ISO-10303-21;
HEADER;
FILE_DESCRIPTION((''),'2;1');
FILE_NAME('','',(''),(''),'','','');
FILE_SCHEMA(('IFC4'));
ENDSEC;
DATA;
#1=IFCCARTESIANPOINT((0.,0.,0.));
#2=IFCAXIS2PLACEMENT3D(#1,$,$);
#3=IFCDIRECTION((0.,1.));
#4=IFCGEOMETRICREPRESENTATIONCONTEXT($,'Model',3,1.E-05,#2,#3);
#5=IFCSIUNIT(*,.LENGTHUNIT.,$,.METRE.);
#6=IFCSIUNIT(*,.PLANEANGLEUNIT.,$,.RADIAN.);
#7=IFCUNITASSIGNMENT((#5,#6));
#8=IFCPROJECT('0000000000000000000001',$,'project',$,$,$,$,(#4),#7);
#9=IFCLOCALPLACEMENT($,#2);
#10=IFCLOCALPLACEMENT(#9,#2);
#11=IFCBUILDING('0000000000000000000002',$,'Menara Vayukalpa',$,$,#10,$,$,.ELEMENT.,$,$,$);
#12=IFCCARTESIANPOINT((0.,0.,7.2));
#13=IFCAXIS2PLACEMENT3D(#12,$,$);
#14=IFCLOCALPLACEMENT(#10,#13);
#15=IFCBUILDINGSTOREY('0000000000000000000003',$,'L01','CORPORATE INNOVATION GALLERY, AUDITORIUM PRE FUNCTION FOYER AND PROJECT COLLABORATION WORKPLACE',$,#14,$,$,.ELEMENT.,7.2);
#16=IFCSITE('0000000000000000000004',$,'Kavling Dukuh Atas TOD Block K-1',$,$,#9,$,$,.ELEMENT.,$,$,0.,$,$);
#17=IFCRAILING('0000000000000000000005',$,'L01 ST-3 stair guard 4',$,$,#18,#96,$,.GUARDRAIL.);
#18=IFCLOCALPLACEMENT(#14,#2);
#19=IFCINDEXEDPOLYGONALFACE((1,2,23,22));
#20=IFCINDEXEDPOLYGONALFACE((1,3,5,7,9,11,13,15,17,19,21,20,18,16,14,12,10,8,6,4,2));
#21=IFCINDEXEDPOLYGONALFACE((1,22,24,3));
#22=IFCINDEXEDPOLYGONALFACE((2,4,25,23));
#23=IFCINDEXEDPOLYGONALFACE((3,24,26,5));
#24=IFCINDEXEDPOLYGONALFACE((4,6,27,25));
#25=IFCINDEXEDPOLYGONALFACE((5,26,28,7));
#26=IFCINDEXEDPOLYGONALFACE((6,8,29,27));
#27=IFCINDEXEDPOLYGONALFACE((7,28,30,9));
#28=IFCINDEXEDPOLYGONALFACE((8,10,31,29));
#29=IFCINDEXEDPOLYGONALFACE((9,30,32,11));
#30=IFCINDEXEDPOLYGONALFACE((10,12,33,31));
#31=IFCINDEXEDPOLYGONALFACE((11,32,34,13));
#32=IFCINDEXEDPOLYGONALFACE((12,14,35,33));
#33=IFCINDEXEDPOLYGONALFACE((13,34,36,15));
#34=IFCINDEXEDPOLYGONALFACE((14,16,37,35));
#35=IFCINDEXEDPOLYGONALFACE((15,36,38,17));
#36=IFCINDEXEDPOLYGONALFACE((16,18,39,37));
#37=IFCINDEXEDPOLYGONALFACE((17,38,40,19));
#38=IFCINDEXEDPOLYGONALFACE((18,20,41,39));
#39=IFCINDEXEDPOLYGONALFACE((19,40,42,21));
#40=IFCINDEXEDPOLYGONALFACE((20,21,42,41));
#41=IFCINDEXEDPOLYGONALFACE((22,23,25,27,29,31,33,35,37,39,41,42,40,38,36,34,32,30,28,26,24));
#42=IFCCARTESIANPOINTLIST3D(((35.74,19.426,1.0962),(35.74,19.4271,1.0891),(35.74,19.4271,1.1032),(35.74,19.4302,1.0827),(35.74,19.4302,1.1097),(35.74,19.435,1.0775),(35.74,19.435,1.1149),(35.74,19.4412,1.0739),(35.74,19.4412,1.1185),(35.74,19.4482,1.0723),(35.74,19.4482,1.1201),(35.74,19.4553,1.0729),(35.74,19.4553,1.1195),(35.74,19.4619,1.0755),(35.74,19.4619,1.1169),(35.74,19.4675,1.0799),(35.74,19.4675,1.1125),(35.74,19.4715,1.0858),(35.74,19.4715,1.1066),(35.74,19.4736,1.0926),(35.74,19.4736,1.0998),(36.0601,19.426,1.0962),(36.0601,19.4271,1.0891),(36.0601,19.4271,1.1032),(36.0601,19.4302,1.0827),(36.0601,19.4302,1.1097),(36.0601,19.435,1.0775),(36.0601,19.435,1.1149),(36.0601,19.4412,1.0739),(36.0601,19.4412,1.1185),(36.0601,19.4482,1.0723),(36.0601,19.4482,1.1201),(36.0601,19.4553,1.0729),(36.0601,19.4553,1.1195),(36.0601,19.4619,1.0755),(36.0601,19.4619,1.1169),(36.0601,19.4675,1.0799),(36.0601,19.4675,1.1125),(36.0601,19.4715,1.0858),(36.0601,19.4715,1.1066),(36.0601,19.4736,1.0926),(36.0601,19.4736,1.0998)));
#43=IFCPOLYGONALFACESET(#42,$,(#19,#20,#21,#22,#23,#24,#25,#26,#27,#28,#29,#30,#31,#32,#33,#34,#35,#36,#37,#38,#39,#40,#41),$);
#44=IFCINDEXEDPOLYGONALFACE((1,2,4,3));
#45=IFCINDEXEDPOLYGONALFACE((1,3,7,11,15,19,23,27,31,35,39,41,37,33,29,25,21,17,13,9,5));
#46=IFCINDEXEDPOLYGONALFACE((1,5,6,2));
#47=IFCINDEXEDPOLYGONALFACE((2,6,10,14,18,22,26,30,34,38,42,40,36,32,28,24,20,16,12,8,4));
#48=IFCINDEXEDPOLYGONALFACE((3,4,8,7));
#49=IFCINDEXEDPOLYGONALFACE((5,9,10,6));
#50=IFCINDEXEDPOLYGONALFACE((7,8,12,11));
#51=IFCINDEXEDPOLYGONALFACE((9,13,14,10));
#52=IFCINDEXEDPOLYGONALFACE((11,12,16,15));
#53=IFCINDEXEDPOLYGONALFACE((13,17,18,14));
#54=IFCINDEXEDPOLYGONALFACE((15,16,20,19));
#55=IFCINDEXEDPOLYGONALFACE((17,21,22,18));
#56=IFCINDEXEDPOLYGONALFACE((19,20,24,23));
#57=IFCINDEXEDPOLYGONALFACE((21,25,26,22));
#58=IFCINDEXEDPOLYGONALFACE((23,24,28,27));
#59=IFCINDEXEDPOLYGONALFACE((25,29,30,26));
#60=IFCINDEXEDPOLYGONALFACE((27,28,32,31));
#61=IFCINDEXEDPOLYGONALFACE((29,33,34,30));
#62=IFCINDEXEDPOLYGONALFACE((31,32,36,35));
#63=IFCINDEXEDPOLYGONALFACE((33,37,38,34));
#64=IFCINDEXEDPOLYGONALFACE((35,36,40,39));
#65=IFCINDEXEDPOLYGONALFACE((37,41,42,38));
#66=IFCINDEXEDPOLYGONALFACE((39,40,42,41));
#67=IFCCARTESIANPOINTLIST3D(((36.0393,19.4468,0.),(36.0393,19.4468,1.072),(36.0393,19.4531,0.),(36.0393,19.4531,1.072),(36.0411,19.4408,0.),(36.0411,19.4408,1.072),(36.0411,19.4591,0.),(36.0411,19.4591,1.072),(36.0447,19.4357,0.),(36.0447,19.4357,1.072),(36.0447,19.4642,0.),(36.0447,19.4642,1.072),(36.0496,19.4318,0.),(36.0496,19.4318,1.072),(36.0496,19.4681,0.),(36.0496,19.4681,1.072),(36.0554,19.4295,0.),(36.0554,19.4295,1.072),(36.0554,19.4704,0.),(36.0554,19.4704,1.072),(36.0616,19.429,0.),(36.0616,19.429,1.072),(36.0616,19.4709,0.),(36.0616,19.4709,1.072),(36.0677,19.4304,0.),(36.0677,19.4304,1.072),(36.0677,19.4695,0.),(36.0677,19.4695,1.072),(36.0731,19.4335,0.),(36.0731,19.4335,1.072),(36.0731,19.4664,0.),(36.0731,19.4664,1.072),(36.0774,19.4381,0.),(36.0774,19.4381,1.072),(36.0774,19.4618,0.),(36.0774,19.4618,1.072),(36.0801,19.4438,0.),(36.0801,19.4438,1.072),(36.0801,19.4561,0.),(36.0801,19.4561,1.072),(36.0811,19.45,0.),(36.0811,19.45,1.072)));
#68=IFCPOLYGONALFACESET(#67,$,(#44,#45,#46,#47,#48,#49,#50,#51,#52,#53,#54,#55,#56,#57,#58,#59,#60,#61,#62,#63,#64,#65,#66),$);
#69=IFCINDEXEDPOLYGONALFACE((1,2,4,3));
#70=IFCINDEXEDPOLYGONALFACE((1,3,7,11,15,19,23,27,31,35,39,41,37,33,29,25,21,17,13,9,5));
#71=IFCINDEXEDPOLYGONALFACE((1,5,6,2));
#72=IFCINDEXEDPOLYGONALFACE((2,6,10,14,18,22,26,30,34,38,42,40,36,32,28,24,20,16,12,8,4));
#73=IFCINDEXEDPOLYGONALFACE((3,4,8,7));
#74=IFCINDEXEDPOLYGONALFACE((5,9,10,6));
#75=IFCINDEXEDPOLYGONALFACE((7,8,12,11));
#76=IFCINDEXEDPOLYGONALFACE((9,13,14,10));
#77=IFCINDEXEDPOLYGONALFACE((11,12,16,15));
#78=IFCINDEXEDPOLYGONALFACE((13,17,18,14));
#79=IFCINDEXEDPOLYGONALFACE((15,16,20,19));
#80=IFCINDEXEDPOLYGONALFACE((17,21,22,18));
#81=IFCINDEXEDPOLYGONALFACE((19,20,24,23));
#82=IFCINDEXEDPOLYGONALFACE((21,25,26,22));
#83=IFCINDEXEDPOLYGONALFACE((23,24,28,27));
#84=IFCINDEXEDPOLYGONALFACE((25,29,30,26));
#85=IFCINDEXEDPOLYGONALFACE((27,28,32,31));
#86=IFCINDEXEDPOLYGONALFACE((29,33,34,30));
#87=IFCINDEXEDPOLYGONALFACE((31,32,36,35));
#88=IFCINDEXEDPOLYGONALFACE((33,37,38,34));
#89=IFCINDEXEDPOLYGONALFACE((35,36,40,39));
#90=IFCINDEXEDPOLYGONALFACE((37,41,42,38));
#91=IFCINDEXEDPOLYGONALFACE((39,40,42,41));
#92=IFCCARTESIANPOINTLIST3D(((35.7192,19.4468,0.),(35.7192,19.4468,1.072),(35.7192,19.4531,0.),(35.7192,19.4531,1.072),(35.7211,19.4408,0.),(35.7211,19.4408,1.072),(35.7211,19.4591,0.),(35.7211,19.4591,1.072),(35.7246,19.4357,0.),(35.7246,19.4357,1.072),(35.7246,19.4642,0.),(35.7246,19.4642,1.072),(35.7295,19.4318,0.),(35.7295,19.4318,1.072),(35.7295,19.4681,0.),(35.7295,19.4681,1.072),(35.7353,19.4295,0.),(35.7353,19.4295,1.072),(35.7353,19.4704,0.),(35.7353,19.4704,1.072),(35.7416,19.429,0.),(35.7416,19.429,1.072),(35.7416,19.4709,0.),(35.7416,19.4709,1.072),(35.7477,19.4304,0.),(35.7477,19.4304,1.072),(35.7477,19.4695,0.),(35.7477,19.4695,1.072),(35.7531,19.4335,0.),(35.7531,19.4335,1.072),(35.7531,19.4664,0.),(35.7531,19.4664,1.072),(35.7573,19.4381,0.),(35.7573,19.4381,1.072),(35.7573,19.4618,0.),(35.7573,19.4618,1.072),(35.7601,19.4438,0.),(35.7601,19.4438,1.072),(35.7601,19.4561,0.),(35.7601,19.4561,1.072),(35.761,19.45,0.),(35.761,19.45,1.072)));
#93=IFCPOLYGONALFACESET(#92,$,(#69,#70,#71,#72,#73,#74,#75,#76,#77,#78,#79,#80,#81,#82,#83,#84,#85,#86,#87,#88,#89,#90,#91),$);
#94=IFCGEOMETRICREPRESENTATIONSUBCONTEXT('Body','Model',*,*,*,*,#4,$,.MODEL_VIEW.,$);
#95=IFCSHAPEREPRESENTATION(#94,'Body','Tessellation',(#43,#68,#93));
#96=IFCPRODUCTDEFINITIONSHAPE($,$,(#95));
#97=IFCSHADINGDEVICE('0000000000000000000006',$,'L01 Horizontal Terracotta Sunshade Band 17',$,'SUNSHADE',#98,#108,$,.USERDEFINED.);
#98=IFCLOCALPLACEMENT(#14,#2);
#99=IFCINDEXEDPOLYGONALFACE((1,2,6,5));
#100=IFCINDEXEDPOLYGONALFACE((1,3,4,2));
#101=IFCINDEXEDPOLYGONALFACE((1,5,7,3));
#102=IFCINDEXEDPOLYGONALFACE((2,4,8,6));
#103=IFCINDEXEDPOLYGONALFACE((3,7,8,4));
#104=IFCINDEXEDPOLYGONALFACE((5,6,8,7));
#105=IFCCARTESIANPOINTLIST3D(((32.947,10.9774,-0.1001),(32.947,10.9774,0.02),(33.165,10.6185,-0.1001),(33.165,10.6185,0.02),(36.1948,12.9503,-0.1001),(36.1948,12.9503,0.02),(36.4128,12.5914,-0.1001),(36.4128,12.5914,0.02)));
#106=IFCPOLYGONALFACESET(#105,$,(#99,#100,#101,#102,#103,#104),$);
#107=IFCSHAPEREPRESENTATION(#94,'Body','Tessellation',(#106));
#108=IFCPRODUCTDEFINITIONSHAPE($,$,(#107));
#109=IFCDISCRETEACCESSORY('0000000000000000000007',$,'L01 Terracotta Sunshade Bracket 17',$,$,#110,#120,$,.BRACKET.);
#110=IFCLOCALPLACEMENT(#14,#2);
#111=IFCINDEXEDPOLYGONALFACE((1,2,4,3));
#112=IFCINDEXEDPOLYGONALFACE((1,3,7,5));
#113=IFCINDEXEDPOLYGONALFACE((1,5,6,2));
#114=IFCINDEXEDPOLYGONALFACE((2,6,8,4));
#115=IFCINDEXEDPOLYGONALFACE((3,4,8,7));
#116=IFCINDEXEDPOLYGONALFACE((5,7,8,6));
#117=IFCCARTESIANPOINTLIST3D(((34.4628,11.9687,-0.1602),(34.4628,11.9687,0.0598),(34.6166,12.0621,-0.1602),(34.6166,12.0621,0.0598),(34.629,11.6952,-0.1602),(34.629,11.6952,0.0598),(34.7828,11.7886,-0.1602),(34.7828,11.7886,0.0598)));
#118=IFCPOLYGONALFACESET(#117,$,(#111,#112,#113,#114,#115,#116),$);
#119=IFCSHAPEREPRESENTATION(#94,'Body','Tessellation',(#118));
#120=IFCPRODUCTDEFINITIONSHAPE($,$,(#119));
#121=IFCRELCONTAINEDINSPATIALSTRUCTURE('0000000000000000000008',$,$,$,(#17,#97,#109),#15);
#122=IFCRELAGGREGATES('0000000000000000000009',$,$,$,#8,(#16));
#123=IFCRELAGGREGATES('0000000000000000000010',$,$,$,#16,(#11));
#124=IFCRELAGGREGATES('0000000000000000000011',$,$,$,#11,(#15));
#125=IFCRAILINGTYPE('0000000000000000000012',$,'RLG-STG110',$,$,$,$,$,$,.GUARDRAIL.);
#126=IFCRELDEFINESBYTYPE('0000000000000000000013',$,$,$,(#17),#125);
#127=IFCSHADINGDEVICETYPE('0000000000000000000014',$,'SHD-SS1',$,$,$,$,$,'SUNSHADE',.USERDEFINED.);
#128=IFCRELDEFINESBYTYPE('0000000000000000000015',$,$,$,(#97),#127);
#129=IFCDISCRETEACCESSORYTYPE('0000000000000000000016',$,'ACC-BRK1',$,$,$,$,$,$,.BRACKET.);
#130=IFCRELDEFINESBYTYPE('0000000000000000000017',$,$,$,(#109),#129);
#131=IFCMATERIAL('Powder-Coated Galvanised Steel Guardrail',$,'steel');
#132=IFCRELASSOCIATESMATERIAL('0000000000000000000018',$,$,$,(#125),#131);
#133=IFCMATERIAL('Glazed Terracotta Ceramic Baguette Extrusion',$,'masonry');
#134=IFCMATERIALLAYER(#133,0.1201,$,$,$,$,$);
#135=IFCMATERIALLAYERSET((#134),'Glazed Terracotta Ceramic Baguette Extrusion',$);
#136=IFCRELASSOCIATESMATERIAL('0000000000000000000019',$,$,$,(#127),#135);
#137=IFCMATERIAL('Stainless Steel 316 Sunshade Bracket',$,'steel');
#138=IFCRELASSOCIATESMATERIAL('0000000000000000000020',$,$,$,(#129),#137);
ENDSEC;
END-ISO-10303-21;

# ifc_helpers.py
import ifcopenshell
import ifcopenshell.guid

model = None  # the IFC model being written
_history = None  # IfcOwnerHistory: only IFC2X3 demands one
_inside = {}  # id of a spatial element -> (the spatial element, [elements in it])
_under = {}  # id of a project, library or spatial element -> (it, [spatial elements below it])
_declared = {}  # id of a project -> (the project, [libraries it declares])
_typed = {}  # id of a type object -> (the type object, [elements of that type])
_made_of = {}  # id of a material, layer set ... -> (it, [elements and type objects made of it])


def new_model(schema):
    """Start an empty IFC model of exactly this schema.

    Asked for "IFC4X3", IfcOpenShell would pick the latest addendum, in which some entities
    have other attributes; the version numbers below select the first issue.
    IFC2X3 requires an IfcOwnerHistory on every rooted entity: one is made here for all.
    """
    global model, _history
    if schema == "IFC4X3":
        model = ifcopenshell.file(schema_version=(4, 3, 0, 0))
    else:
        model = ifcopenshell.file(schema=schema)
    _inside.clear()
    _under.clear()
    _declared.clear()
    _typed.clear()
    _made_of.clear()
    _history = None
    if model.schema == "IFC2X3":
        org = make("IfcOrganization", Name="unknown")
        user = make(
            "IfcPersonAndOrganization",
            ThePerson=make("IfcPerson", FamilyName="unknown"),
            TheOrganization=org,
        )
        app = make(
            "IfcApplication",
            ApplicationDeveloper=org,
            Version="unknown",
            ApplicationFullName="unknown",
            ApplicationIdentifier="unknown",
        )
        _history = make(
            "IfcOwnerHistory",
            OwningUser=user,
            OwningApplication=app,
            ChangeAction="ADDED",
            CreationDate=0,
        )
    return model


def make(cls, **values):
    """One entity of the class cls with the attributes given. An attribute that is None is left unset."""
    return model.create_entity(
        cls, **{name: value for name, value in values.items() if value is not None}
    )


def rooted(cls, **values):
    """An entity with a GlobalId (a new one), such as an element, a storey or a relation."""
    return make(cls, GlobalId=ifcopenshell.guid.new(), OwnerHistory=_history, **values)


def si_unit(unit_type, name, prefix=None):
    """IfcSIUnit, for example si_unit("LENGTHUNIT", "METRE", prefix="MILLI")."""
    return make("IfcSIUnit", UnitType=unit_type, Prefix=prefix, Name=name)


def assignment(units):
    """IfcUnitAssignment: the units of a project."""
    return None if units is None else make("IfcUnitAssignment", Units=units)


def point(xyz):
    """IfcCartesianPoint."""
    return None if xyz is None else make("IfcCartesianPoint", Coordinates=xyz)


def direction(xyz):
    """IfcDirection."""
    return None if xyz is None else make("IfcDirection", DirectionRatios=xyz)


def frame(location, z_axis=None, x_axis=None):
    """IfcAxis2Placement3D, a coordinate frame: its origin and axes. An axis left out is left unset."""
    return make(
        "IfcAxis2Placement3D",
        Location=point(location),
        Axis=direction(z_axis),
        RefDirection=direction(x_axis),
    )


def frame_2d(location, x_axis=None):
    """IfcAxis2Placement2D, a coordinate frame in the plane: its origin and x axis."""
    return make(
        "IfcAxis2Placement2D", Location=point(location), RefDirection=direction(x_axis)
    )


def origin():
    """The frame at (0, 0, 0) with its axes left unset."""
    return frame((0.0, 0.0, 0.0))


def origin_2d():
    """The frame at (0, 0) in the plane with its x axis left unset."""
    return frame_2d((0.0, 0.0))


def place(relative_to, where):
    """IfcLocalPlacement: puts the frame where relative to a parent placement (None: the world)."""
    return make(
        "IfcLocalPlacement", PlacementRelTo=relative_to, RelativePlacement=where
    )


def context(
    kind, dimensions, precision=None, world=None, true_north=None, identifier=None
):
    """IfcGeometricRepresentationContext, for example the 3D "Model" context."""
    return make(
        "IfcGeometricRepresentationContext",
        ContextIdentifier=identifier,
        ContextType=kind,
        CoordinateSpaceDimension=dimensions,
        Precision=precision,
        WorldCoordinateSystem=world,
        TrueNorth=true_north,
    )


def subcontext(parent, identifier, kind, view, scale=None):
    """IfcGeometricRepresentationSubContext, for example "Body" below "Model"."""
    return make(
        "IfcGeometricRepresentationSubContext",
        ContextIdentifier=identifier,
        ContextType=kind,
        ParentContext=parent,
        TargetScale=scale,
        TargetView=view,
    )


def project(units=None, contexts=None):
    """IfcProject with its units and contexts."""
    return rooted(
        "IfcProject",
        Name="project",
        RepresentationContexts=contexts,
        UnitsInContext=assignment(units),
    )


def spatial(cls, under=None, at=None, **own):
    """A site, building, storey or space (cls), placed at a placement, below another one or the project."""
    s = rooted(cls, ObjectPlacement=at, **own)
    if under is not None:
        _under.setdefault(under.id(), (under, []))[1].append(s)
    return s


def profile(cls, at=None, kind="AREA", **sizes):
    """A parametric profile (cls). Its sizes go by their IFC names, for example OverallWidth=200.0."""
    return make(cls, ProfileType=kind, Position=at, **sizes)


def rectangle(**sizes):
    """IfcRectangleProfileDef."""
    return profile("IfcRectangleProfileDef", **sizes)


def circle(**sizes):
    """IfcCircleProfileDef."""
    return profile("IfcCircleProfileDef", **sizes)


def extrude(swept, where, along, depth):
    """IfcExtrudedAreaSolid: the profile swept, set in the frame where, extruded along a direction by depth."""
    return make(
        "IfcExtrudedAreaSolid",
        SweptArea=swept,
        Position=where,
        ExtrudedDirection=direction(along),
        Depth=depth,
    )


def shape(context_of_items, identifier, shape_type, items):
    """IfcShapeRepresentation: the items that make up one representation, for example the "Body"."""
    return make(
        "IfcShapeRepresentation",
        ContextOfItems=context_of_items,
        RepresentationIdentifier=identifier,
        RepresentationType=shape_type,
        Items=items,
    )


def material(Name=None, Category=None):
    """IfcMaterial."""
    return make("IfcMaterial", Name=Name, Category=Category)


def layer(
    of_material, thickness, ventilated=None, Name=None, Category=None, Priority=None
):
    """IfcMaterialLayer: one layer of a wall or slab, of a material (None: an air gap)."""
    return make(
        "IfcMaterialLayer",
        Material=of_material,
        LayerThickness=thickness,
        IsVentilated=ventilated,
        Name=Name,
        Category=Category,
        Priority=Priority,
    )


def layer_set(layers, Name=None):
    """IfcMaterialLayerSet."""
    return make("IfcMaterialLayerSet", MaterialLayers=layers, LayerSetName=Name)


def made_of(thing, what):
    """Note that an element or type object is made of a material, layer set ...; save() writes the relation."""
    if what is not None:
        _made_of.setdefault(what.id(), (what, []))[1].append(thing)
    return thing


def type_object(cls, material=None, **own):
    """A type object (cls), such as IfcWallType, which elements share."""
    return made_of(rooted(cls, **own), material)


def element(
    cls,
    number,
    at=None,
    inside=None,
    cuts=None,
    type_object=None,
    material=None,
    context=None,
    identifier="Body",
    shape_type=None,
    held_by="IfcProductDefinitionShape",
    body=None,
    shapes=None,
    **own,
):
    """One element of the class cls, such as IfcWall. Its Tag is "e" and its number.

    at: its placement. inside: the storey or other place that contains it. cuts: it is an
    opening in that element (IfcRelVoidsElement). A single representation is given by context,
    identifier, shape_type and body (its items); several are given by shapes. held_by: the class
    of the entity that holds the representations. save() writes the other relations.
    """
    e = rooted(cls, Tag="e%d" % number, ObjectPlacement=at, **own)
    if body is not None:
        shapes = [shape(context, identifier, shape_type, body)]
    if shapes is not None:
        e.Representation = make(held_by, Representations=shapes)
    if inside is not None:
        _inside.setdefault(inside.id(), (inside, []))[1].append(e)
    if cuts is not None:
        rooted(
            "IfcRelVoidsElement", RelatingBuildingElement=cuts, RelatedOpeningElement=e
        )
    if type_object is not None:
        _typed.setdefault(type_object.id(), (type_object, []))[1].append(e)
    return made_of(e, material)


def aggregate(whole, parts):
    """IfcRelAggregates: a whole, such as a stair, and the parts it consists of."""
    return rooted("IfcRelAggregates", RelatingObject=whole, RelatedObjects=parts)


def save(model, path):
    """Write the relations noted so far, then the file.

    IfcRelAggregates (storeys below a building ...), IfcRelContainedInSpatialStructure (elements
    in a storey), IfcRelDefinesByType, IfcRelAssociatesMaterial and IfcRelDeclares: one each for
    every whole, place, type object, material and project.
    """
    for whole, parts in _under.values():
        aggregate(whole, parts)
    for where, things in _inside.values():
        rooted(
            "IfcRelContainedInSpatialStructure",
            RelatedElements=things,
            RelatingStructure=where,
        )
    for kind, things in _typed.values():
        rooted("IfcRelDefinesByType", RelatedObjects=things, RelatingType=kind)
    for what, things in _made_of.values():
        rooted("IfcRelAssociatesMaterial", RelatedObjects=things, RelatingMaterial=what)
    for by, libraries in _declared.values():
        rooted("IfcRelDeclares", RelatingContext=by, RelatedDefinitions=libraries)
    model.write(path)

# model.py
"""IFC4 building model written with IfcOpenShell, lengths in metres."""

from ifc_helpers import new_model, si_unit, direction, frame, origin, origin_2d, place, context, subcontext, project, spatial, rectangle, circle, extrude, material, layer, layer_set, type_object, element, save


model = new_model("IFC4")

# Units and contexts
model_context = context("Model", 3, precision=1e-05, world=origin(), true_north=direction((0.0, 1.0)))
body_context = subcontext(model_context, "Body", "Model", "MODEL_VIEW")
ifc_project = project(units=[si_unit("LENGTHUNIT", "METRE"), si_unit("PLANEANGLEUNIT", "RADIAN")], contexts=[model_context])

# Site, building, storey
site_placement = place(None, origin())
site = spatial("IfcSite", under=ifc_project, at=site_placement, Name="Kavling Dukuh Atas TOD Block K-1", CompositionType="ELEMENT", RefElevation=0.0)
building_placement = place(site_placement, origin())
building = spatial("IfcBuilding", under=site, at=building_placement, Name="Menara Vayukalpa", CompositionType="ELEMENT")
storey_placement = place(building_placement, frame((0.0, 0.0, 7.2)))
storey = spatial("IfcBuildingStorey", under=building, at=storey_placement, Name="L01", Description="CORPORATE INNOVATION GALLERY, AUDITORIUM PRE FUNCTION FOYER AND PROJECT COLLABORATION WORKPLACE", CompositionType="ELEMENT", Elevation=7.2)

# Railing
ifc_material_1 = material(Name="Powder-Coated Galvanised Steel Guardrail", Category="steel")
railing_type_1 = type_object("IfcRailingType", Name="RLG-STG110", PredefinedType="GUARDRAIL", material=ifc_material_1)
railing_1_placement = place(storey_placement, frame((36.0601, 19.45, 0.0)))
element("IfcRailing", 1, at=railing_1_placement, inside=storey, type_object=railing_type_1, Name="L01 ST-3 stair guard 4", PredefinedType="GUARDRAIL", context=body_context, shape_type="SweptSolid", body=[
    extrude(circle(Radius=0.0239, at=origin_2d()), frame((0.0, 0.0, 1.0962), z_axis=(-1.0, 0.0, 0.0), x_axis=(0.0, -1.0, 0.0)), (0.0, 0.0, 1.0), 0.3201),
    extrude(circle(Radius=0.021, at=origin_2d()), origin(), (0.0, 0.0, 1.0), 1.072),
    extrude(circle(Radius=0.021, at=origin_2d()), frame((-0.3201, 0.0, 0.0)), (0.0, 0.0, 1.0), 1.072),
])

# Shading device
ifc_material_2 = material(Name="Glazed Terracotta Ceramic Baguette Extrusion", Category="masonry")
ifc_layer_1 = layer(ifc_material_2, 0.1201)
ifc_layer_set_1 = layer_set([ifc_layer_1], Name="Glazed Terracotta Ceramic Baguette Extrusion")
shading_device_type = type_object("IfcShadingDeviceType", Name="SHD-SS1", ElementType="SUNSHADE", PredefinedType="USERDEFINED", material=ifc_layer_set_1)
shading_device_placement = place(storey_placement, frame((34.6799, 11.7844, -0.1001), z_axis=(0.0, 0.0, 1.0), x_axis=(0.854667, 0.519176, 0.0)))
element("IfcShadingDevice", 2, at=shading_device_placement, inside=storey, type_object=shading_device_type, Name="L01 Horizontal Terracotta Sunshade Band 17", ObjectType="SUNSHADE", PredefinedType="USERDEFINED", context=body_context, shape_type="SweptSolid", body=[
    extrude(rectangle(XDim=3.8, YDim=0.4199, at=origin_2d()), origin(), (0.0, 0.0, 1.0), 0.1201),
])

# Discrete accessory
ifc_material_3 = material(Name="Stainless Steel 316 Sunshade Bracket", Category="steel")
discrete_accessory_type = type_object("IfcDiscreteAccessoryType", Name="ACC-BRK1", PredefinedType="BRACKET", material=ifc_material_3)
discrete_accessory_placement = place(storey_placement, frame((34.6228, 11.8787, -0.1602), z_axis=(0.0, 0.0, 1.0), x_axis=(0.854667, 0.519176, 0.0)))
element("IfcDiscreteAccessory", 3, at=discrete_accessory_placement, inside=storey, type_object=discrete_accessory_type, Name="L01 Terracotta Sunshade Bracket 17", PredefinedType="BRACKET", context=body_context, shape_type="SweptSolid", body=[
    extrude(rectangle(XDim=0.1799, YDim=0.3201, at=origin_2d()), origin(), (0.0, 0.0, 1.0), 0.22),
])

save(model, "model.ifc")
